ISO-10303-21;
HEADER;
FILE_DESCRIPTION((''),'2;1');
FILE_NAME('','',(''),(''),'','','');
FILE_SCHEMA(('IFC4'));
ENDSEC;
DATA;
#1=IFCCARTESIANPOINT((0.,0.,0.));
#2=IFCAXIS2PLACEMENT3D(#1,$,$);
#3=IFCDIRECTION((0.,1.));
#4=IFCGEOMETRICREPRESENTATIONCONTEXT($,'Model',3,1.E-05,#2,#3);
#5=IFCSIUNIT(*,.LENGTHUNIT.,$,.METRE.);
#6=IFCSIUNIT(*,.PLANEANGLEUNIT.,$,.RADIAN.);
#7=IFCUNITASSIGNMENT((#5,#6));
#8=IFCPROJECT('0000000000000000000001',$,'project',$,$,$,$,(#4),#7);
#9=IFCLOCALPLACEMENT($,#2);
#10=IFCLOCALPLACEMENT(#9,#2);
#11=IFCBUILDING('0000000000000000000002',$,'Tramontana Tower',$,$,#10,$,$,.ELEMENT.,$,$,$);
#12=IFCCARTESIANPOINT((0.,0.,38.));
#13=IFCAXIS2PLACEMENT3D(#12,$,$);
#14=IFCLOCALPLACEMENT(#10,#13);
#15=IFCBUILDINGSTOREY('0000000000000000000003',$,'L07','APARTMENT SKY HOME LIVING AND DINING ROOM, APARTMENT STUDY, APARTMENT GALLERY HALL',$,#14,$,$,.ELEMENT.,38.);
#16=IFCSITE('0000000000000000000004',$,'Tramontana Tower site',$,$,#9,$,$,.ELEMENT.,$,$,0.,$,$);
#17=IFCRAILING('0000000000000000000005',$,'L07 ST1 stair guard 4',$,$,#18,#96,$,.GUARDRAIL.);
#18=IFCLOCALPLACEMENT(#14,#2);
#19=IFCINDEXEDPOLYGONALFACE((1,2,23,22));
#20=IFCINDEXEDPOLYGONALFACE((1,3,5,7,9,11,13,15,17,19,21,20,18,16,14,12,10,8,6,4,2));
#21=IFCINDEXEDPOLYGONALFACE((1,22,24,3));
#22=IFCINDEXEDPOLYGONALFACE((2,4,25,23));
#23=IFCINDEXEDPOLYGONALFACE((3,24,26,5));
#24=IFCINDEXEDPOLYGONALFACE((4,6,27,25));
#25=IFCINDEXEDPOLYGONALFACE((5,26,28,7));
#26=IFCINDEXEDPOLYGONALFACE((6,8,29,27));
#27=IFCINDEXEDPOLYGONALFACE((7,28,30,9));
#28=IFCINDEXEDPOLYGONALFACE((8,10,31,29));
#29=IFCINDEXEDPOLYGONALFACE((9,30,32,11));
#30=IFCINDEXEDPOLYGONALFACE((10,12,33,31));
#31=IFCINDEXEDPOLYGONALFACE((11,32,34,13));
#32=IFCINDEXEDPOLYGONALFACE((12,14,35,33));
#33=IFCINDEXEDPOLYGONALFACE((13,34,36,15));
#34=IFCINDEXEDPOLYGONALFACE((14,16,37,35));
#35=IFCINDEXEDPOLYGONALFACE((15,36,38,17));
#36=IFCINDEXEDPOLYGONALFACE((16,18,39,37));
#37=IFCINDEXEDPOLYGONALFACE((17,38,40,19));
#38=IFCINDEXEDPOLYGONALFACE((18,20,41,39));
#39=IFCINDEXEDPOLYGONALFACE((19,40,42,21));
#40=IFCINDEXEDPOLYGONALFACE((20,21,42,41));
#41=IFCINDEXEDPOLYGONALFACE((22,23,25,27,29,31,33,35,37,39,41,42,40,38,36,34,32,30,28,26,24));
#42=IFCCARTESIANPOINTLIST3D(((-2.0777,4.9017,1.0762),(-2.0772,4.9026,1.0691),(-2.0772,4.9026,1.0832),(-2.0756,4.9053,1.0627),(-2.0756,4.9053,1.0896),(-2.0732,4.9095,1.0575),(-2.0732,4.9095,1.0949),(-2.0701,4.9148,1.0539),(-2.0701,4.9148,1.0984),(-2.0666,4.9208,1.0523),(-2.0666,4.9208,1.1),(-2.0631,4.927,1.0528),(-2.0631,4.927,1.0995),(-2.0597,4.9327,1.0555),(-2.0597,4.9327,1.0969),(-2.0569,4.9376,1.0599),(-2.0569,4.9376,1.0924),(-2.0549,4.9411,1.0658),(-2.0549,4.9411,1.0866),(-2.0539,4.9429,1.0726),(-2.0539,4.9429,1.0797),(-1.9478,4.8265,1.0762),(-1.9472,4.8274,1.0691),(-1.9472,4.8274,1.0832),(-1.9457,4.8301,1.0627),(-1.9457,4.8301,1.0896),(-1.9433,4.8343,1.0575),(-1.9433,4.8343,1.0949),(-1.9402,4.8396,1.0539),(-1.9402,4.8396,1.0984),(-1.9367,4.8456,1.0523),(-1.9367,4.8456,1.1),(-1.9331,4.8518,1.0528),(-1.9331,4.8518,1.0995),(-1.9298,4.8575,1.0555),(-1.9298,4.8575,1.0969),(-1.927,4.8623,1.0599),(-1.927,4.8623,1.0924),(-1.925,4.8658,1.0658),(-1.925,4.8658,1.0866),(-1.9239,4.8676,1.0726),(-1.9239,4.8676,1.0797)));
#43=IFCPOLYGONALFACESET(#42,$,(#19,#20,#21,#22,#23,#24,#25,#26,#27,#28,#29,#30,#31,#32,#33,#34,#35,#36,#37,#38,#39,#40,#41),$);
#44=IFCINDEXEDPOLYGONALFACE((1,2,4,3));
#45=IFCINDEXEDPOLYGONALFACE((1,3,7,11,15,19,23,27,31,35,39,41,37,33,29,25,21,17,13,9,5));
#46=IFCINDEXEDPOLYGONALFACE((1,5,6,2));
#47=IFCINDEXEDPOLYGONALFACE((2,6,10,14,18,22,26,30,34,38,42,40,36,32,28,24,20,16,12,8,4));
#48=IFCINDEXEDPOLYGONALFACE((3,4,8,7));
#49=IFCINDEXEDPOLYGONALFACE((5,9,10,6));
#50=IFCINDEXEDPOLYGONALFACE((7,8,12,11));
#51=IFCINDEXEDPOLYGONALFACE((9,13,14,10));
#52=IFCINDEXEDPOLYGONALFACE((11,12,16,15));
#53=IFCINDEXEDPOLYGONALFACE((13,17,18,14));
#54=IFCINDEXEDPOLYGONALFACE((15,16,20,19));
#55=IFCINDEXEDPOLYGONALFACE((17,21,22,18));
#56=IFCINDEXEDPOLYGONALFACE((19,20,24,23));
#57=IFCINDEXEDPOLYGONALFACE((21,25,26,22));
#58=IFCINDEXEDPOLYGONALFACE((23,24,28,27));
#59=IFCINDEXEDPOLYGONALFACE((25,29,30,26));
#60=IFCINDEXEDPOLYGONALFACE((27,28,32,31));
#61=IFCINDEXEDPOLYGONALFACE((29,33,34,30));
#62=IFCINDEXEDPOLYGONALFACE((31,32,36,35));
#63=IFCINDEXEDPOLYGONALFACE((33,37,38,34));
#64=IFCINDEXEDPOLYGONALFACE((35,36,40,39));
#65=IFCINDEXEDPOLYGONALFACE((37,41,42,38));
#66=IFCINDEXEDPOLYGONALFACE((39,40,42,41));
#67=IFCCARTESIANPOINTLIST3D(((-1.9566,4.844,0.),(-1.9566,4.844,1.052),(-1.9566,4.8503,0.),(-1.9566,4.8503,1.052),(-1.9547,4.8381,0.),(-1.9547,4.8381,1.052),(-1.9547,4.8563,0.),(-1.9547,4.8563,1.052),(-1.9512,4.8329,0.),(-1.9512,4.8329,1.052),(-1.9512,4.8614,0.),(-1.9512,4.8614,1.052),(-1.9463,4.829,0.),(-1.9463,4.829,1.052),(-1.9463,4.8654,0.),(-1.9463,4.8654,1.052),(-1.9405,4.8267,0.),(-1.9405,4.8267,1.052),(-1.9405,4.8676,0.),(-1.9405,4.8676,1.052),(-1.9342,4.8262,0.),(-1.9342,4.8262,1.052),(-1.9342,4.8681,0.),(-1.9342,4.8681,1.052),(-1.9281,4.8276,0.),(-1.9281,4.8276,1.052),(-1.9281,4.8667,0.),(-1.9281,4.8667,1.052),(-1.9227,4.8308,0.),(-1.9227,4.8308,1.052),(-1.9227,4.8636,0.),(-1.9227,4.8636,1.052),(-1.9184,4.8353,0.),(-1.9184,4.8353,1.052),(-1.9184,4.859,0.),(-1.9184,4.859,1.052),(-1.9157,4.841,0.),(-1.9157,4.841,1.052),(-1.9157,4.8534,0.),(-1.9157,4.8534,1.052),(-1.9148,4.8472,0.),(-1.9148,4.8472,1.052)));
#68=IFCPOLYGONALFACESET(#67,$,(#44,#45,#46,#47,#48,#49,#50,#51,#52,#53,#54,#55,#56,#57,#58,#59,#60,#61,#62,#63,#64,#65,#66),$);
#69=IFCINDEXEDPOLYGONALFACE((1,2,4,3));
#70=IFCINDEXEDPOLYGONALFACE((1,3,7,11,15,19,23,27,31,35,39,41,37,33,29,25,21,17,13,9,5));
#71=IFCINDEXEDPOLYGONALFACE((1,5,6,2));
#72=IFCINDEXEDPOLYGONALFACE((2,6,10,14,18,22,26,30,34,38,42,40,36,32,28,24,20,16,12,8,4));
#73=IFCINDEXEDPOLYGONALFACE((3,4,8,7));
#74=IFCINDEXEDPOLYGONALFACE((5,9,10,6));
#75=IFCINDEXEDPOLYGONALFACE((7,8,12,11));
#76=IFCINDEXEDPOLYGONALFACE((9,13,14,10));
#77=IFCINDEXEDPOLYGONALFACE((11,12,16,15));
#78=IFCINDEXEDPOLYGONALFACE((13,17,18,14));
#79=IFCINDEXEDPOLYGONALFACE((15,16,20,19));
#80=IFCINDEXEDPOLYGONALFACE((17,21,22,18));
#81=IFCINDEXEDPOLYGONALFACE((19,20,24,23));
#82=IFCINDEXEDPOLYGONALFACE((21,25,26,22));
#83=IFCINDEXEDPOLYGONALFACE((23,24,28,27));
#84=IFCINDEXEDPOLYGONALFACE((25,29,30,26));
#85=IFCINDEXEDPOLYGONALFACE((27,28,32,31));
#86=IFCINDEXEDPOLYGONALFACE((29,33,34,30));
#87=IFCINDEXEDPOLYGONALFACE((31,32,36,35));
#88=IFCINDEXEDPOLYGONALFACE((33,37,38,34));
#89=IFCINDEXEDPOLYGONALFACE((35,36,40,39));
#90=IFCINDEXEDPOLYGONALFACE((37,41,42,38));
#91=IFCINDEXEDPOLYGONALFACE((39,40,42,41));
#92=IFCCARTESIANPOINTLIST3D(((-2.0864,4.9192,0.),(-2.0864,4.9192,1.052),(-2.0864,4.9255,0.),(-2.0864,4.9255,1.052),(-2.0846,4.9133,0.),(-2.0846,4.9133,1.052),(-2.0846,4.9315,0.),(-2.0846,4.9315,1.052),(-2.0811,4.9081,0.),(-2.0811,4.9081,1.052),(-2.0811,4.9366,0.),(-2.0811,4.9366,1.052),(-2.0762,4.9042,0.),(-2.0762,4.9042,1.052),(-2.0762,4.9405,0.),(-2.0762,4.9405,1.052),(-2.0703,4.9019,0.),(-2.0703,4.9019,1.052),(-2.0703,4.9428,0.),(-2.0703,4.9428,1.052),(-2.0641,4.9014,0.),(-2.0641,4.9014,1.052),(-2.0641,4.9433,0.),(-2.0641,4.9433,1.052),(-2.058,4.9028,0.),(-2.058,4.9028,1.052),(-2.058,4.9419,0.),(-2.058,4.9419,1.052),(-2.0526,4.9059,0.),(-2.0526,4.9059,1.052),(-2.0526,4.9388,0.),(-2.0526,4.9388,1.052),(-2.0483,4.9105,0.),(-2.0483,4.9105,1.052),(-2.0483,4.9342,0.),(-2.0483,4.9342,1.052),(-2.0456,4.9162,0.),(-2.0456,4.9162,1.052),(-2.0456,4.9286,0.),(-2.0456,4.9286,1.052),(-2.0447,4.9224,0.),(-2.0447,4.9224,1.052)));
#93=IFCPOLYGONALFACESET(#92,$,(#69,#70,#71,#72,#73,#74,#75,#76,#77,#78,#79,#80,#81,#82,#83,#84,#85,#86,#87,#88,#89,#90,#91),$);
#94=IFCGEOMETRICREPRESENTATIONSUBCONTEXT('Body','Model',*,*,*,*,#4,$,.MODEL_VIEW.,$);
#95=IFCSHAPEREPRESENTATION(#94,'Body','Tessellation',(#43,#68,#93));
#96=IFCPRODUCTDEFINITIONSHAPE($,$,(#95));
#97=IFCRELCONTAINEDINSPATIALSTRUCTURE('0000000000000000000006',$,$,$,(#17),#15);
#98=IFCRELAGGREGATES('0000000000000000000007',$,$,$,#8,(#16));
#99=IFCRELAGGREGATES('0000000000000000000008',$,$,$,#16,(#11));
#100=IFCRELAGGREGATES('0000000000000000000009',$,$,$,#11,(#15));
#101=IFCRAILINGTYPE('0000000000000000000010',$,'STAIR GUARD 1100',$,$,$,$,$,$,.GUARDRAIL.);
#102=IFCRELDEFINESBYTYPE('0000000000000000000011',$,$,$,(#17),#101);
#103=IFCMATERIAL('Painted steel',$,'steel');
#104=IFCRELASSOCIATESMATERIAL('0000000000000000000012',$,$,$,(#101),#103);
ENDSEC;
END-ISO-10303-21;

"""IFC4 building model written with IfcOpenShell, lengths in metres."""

from ifc_helpers import new_model, si_unit, direction, frame, origin, origin_2d, place, context, subcontext, project, spatial, circle, extrude, material, type_object, element, save


model = new_model("IFC4")

# Units and contexts
model_context = context("Model", 3, precision=1e-05, world=origin(), true_north=direction((0.0, 1.0)))
body_context = subcontext(model_context, "Body", "Model", "MODEL_VIEW")
ifc_project = project(units=[si_unit("LENGTHUNIT", "METRE"), si_unit("PLANEANGLEUNIT", "RADIAN")], contexts=[model_context])

# Site, building, storey
site_placement = place(None, origin())
site = spatial("IfcSite", under=ifc_project, at=site_placement, Name="Tramontana Tower site", CompositionType="ELEMENT", RefElevation=0.0)
building_placement = place(site_placement, origin())
building = spatial("IfcBuilding", under=site, at=building_placement, Name="Tramontana Tower", CompositionType="ELEMENT")
storey_placement = place(building_placement, frame((0.0, 0.0, 38.0)))
storey = spatial("IfcBuildingStorey", under=building, at=storey_placement, Name="L07", Description="APARTMENT SKY HOME LIVING AND DINING ROOM, APARTMENT STUDY, APARTMENT GALLERY HALL", CompositionType="ELEMENT", Elevation=38.0)

# Railing
ifc_material_1 = material(Name="Painted steel", Category="steel")
railing_type_1 = type_object("IfcRailingType", Name="STAIR GUARD 1100", PredefinedType="GUARDRAIL", material=ifc_material_1)
railing_1_placement = place(storey_placement, frame((-1.9358, 4.8472, 0.0)))
element("IfcRailing", 1, at=railing_1_placement, inside=storey, type_object=railing_type_1, Name="L07 ST1 stair guard 4", PredefinedType="GUARDRAIL", context=body_context, shape_type="SweptSolid", body=[
    extrude(circle(Radius=0.0239, at=origin_2d()), frame((0.0, 0.0, 1.0762), z_axis=(-0.865426, 0.501036, 0.0), x_axis=(-0.501036, -0.865426, 0.0)), (0.0, 0.0, 1.0), 0.1501),
    extrude(circle(Radius=0.021, at=origin_2d()), origin(), (0.0, 0.0, 1.0), 1.052),
    extrude(circle(Radius=0.021, at=origin_2d()), frame((-0.1299, 0.0752, 0.0)), (0.0, 0.0, 1.0), 1.052),
])

save(model, "model.ifc")
